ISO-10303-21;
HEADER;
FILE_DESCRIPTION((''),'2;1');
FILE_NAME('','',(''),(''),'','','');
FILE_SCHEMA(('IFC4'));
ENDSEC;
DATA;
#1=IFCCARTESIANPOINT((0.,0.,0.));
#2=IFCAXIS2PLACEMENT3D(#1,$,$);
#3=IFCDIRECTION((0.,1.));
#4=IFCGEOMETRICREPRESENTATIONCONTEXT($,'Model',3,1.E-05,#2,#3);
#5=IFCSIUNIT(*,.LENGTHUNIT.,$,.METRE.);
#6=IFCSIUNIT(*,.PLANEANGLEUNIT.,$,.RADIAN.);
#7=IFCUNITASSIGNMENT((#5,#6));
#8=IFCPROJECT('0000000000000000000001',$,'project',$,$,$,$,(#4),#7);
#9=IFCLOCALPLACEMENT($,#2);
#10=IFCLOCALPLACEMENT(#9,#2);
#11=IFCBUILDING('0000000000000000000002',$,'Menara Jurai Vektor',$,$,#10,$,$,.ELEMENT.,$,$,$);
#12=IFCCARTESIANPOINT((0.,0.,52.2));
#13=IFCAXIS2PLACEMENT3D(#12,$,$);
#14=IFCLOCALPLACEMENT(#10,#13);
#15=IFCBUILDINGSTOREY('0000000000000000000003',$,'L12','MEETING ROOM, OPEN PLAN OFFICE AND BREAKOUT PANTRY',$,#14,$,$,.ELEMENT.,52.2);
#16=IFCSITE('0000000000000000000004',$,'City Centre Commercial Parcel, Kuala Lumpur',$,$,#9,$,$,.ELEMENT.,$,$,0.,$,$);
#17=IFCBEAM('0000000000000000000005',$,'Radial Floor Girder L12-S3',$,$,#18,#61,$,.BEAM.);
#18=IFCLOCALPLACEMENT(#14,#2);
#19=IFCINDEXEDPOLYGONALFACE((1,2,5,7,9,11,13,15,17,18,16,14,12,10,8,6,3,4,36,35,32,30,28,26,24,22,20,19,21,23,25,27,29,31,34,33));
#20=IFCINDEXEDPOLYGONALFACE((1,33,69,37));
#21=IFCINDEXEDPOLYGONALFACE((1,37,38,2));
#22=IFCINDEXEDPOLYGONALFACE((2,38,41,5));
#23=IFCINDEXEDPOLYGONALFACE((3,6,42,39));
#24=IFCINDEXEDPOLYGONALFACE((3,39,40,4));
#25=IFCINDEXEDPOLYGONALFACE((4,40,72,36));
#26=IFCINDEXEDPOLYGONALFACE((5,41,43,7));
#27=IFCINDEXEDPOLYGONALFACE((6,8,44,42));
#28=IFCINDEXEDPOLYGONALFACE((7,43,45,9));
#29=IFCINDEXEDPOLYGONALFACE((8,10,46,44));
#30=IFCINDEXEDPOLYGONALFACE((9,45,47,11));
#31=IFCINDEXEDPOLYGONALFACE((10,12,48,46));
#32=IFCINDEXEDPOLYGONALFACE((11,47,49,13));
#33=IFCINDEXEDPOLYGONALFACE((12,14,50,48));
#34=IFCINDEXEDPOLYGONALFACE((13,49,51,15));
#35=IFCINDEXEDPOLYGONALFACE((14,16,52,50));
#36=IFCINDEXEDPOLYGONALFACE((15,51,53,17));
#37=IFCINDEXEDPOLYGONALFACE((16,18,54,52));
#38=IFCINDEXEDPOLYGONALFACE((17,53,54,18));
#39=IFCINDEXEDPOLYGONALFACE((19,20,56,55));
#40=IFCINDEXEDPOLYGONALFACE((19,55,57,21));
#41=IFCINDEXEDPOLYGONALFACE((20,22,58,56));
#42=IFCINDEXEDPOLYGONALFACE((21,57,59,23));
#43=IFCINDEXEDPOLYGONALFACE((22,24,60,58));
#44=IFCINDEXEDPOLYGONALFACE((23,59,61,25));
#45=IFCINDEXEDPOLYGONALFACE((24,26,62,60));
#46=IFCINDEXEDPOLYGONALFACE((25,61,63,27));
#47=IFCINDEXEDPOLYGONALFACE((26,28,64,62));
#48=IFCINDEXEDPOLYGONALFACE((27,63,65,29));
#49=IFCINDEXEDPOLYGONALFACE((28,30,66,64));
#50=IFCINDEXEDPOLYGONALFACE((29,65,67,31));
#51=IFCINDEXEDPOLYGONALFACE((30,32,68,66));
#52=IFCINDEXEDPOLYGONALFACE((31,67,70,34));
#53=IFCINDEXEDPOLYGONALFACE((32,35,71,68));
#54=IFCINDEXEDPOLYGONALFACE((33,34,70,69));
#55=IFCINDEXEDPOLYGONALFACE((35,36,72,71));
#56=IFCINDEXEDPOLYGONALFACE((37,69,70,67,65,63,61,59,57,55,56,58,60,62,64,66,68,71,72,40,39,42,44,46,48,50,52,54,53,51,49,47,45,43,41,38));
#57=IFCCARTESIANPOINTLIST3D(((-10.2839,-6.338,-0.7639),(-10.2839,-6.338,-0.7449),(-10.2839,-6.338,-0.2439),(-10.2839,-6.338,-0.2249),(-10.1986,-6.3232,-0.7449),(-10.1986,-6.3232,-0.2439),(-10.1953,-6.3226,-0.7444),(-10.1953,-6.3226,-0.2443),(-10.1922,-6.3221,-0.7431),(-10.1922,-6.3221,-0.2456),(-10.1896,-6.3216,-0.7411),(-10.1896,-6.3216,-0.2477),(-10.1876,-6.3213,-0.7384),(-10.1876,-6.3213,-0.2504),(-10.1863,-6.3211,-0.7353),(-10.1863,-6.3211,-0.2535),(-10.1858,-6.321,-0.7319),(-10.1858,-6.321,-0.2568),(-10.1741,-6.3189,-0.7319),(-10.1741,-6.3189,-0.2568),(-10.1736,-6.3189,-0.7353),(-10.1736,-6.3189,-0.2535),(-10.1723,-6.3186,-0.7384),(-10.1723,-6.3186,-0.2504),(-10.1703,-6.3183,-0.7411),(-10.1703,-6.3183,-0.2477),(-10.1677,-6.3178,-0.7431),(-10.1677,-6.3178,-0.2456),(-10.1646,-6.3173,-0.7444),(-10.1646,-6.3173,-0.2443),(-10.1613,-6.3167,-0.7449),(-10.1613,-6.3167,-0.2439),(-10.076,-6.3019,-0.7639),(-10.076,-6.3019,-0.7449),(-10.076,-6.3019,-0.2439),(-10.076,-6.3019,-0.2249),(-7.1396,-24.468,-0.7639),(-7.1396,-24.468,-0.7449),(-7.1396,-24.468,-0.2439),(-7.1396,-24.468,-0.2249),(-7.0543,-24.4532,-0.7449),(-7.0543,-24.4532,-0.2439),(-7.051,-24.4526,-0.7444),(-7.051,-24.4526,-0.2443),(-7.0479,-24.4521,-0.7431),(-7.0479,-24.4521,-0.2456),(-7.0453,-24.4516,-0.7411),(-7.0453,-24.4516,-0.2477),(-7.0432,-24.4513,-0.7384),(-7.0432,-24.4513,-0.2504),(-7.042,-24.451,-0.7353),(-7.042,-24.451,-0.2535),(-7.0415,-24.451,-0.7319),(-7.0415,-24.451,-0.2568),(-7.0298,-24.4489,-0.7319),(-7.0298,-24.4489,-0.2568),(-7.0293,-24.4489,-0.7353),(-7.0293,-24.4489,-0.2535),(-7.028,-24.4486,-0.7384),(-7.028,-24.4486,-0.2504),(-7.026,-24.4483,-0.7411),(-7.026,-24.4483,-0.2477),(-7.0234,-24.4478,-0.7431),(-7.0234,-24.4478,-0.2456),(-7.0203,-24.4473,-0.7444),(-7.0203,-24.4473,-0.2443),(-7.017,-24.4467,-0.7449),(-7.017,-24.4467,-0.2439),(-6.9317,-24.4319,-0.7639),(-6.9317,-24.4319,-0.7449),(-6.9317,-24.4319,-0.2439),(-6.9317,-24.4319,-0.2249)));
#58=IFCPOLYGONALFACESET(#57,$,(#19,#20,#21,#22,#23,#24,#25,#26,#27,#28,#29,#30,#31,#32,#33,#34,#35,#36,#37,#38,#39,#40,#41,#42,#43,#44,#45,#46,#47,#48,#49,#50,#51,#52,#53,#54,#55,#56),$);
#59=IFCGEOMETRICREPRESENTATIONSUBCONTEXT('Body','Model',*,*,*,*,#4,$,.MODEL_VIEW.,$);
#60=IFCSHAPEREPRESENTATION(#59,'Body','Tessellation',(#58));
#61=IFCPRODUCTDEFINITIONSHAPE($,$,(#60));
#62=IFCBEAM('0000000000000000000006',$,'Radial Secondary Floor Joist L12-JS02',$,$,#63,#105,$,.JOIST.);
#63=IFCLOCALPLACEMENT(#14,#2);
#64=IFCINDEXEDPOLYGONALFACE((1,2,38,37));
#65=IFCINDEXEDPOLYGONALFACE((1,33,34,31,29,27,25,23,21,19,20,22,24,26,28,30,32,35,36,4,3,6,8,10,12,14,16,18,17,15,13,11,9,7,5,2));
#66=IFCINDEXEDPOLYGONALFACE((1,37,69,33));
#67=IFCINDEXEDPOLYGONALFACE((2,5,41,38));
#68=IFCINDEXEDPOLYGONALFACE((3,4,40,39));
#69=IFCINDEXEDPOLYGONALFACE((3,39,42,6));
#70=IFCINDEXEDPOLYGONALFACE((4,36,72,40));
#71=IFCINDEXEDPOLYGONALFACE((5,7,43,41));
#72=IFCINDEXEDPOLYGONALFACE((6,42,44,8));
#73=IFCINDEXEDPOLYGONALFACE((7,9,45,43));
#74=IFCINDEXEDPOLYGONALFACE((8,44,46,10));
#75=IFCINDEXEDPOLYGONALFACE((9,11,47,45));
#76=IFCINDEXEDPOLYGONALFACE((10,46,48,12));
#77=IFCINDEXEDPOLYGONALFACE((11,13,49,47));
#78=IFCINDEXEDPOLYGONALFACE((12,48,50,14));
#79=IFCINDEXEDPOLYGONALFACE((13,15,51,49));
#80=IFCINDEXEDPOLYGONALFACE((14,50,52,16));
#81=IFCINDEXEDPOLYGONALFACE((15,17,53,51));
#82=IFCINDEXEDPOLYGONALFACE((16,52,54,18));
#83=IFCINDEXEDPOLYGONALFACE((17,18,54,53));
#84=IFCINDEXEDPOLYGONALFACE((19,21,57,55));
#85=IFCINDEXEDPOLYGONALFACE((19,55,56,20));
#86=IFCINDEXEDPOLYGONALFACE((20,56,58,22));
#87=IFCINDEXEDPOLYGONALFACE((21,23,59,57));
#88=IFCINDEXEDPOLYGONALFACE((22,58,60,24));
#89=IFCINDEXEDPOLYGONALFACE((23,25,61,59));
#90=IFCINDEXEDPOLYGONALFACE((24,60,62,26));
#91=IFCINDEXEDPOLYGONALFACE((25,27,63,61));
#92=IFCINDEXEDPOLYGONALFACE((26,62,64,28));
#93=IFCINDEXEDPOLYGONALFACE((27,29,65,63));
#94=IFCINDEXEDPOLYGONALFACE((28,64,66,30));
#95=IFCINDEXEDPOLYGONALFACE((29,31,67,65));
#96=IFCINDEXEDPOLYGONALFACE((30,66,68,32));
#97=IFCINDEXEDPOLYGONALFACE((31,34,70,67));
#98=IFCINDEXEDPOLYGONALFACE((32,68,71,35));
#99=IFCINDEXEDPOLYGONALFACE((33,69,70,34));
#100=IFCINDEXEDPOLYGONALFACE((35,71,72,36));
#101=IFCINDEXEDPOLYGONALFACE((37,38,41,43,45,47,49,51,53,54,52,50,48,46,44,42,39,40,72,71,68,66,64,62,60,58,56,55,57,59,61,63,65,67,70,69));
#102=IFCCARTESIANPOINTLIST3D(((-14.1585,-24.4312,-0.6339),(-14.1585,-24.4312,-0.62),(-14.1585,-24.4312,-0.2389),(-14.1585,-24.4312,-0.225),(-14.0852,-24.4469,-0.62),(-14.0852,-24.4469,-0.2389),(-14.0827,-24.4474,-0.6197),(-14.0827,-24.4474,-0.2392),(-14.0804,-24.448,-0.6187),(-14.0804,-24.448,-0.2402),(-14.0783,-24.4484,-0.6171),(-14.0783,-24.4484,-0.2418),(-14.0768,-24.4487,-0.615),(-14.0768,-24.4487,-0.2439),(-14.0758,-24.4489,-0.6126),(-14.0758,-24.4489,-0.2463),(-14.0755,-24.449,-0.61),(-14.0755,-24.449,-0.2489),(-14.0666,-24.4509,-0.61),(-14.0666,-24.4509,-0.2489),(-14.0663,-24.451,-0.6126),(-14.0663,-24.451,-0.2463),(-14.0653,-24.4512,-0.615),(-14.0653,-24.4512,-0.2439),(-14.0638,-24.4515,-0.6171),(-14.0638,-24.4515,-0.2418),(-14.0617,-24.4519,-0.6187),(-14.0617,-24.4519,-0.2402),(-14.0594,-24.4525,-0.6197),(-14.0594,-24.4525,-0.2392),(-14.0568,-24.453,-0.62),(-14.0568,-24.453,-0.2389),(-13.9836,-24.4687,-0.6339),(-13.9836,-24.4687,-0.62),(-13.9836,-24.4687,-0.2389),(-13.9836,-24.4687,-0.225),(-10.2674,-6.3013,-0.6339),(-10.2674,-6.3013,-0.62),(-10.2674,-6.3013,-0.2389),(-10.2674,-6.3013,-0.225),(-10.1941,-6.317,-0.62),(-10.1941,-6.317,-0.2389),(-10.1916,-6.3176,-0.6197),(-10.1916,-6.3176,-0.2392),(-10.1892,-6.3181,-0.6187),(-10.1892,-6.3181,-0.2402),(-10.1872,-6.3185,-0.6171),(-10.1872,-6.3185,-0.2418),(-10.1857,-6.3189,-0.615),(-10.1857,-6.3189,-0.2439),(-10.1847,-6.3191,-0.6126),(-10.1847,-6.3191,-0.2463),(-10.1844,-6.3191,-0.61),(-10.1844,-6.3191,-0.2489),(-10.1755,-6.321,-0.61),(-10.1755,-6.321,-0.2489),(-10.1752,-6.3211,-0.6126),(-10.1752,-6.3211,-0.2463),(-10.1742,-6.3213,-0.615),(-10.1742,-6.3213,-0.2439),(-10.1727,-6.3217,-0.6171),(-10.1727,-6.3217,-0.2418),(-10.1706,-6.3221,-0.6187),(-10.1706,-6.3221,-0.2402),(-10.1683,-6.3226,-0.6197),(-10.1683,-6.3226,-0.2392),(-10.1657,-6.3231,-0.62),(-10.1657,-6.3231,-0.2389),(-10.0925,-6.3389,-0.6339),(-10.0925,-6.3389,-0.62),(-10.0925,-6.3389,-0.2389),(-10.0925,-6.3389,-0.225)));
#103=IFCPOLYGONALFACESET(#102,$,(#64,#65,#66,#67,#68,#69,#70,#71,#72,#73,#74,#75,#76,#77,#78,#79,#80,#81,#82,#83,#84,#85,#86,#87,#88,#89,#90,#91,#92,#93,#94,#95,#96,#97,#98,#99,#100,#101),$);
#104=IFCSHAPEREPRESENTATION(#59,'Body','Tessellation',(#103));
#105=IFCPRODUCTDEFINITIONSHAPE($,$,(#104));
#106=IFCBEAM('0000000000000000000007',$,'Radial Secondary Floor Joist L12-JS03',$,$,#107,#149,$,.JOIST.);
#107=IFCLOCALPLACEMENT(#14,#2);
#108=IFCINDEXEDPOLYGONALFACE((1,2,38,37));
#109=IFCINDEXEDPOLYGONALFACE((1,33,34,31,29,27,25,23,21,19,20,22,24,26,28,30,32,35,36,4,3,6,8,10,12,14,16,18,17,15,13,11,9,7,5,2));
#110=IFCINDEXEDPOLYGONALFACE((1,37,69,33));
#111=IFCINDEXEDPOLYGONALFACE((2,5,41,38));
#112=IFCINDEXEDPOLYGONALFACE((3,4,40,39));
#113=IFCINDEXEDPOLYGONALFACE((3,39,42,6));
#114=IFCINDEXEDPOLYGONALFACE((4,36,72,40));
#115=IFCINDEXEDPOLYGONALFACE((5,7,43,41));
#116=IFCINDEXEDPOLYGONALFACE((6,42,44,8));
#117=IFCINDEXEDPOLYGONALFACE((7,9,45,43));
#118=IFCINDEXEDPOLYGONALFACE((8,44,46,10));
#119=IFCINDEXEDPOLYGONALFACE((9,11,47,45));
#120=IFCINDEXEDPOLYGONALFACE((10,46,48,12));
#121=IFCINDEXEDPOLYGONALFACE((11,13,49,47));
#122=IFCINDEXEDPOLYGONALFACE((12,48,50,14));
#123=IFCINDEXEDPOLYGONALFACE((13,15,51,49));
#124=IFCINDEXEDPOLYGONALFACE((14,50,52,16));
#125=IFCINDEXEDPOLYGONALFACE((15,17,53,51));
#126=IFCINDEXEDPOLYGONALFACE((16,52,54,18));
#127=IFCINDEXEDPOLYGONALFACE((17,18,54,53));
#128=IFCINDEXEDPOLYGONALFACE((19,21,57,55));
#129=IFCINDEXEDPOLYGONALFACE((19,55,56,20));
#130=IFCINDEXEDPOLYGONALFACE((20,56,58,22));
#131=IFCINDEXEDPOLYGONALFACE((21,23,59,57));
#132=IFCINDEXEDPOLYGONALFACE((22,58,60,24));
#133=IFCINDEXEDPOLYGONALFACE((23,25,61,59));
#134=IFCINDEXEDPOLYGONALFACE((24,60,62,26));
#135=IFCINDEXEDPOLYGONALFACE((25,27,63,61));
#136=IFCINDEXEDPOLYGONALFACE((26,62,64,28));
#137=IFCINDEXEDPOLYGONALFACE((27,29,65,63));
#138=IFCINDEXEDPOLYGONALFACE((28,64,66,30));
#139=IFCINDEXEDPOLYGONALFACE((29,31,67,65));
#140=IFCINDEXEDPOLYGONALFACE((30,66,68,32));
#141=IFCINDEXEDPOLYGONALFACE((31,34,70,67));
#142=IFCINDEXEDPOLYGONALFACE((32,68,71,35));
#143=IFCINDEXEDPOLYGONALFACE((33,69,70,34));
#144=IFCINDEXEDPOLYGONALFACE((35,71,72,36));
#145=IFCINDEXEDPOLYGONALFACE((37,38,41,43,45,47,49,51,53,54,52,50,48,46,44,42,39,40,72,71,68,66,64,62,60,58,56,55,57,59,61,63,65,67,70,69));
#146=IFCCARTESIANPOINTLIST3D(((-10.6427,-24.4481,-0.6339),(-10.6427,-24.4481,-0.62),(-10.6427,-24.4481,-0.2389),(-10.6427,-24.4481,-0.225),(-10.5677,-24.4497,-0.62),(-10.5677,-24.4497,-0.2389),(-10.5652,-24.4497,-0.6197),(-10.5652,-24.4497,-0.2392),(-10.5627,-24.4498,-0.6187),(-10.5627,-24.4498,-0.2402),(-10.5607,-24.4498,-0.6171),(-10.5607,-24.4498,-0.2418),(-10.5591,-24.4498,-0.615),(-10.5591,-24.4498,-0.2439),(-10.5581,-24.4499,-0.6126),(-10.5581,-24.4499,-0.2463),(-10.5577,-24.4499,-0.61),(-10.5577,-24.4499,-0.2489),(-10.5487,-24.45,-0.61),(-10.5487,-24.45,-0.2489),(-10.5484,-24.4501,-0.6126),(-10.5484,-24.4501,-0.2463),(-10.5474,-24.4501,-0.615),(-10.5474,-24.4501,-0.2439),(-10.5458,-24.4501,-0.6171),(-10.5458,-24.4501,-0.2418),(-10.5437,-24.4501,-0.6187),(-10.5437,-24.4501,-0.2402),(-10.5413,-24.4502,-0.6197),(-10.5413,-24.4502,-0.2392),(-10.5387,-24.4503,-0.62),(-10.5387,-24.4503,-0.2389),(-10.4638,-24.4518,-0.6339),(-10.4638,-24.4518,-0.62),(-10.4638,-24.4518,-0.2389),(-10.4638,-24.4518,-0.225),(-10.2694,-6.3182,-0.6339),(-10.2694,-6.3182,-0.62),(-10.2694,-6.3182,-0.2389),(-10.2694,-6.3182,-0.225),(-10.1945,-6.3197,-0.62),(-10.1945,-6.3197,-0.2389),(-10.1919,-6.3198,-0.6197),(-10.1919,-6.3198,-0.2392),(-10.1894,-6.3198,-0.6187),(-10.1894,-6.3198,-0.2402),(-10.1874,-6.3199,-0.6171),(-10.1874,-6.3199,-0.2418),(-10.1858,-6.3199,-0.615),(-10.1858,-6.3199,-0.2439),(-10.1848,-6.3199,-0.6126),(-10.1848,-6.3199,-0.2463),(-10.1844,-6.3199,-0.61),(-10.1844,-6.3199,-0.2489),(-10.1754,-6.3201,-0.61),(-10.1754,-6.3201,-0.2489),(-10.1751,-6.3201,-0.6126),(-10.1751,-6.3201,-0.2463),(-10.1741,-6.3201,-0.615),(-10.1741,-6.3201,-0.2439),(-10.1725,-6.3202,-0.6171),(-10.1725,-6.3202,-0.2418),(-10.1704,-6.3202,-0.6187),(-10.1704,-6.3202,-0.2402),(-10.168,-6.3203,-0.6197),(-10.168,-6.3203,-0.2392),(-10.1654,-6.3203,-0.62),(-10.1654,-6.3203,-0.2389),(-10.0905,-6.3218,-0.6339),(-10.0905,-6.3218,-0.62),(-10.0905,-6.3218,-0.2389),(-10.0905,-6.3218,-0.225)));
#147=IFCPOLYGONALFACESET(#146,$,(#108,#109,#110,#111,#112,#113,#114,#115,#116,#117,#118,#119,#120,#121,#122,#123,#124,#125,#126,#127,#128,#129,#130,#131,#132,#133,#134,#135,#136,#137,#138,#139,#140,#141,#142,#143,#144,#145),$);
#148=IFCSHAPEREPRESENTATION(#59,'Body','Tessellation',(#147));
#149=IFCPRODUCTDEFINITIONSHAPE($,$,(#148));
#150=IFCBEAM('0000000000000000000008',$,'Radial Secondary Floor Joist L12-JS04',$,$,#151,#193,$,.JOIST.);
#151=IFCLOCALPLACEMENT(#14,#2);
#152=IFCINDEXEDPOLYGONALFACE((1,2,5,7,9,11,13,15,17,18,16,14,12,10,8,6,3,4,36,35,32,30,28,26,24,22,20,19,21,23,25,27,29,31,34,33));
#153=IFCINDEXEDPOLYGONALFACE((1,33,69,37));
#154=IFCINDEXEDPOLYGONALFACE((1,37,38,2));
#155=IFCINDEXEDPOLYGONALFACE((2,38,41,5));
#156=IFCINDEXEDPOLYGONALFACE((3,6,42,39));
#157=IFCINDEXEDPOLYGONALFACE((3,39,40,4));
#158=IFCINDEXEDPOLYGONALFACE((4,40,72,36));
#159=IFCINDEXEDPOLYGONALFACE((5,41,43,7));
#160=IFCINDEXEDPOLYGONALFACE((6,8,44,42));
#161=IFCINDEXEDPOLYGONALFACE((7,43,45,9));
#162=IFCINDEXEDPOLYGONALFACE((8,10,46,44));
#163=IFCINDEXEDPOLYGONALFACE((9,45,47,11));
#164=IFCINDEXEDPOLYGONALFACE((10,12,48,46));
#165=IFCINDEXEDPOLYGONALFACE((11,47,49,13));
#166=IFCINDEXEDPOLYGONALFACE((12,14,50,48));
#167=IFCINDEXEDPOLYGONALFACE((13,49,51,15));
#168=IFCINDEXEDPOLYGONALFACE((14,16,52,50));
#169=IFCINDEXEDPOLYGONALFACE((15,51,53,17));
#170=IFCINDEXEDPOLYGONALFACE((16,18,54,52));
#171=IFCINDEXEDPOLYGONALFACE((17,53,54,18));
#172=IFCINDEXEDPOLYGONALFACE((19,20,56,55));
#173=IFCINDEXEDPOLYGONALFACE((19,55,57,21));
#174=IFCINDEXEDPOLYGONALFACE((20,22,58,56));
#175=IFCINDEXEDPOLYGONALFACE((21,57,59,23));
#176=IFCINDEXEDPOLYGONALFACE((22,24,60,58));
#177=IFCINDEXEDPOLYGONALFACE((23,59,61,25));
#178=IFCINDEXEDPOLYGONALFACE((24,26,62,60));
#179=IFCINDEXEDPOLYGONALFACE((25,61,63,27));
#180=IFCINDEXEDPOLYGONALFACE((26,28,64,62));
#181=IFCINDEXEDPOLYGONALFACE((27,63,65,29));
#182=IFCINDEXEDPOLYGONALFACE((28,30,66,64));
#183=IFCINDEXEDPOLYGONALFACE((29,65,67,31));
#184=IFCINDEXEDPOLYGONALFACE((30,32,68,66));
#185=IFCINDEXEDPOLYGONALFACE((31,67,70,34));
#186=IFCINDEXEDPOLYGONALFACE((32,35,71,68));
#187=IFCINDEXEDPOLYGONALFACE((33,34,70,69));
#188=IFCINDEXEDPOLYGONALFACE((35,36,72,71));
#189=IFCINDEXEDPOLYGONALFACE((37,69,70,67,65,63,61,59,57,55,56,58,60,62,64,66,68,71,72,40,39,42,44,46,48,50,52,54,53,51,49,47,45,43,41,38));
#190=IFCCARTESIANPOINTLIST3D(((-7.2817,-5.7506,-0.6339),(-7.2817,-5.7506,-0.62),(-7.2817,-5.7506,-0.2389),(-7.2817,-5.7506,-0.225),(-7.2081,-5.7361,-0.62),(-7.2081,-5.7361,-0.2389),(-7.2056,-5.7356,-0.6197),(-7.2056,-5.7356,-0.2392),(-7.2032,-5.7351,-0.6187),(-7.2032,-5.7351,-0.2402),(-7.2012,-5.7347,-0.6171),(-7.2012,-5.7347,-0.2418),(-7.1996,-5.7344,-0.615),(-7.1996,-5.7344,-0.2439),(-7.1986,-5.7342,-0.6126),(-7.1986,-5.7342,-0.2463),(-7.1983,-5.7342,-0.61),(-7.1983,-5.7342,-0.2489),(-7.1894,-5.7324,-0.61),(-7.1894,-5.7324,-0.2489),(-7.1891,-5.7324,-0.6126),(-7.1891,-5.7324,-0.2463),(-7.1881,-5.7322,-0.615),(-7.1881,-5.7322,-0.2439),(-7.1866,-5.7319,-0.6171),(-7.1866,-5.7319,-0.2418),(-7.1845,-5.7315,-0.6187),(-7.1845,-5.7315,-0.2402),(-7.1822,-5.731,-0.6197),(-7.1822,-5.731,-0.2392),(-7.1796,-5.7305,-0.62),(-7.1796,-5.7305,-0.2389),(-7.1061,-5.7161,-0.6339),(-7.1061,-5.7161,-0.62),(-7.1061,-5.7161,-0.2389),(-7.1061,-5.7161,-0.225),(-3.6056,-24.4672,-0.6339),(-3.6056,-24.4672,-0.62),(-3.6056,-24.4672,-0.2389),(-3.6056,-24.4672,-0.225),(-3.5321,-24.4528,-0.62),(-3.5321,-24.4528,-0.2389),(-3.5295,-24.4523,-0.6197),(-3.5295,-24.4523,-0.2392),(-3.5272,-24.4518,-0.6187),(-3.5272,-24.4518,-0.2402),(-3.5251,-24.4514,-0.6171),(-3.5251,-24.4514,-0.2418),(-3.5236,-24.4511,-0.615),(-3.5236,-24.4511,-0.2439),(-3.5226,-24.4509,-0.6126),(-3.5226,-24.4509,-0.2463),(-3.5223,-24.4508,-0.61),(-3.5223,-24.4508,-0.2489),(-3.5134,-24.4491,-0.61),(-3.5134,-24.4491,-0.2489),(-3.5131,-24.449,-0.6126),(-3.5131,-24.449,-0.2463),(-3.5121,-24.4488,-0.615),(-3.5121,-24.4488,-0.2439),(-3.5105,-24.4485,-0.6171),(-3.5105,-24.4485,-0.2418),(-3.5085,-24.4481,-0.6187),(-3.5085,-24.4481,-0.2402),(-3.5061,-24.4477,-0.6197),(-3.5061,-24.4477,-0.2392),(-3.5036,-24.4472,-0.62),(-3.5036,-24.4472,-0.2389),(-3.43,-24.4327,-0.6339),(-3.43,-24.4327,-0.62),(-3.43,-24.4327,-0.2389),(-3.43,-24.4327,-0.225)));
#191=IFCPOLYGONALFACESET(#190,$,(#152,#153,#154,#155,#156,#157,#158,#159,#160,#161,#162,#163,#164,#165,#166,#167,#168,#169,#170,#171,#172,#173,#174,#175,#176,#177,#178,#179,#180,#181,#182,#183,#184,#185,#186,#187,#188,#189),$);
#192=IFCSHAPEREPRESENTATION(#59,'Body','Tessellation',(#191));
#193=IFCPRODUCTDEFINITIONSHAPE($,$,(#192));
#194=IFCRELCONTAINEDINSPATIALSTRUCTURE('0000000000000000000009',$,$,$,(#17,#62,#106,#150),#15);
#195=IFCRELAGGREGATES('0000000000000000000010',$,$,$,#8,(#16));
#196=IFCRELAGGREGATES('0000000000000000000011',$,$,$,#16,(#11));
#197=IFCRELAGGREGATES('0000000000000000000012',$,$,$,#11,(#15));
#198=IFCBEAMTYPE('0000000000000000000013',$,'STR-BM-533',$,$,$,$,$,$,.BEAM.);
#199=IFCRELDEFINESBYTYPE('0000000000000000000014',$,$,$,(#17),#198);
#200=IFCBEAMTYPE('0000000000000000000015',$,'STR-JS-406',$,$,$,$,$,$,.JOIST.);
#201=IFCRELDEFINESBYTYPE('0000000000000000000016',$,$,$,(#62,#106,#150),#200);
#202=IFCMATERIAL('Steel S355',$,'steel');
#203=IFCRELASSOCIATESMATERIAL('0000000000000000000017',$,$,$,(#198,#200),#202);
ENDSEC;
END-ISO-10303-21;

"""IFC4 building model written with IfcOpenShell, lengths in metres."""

from ifc_helpers import new_model, si_unit, direction, frame, origin, origin_2d, place, context, subcontext, project, spatial, i_section, extrude, material, material_profile, profile_set, type_object, element, save


model = new_model("IFC4")

# Units and contexts
model_context = context("Model", 3, precision=1e-05, world=origin(), true_north=direction((0.0, 1.0)))
body_context = subcontext(model_context, "Body", "Model", "MODEL_VIEW")
ifc_project = project(units=[si_unit("LENGTHUNIT", "METRE"), si_unit("PLANEANGLEUNIT", "RADIAN")], contexts=[model_context])

# Site, building, storey
site_placement = place(None, origin())
site = spatial("IfcSite", under=ifc_project, at=site_placement, Name="City Centre Commercial Parcel, Kuala Lumpur", CompositionType="ELEMENT", RefElevation=0.0)
building_placement = place(site_placement, origin())
building = spatial("IfcBuilding", under=site, at=building_placement, Name="Menara Jurai Vektor", CompositionType="ELEMENT")
storey_placement = place(building_placement, frame((0.0, 0.0, 52.2)))
storey = spatial("IfcBuildingStorey", under=building, at=storey_placement, Name="L12", Description="MEETING ROOM, OPEN PLAN OFFICE AND BREAKOUT PANTRY", CompositionType="ELEMENT", Elevation=52.2)

# Beams
ifc_material_1 = material(Name="Steel S355", Category="steel")
ifc_material_profile_1 = material_profile(ifc_material_1, i_section(OverallWidth=0.2109, OverallDepth=0.5391, WebThickness=0.012, FlangeThickness=0.019, FilletRadius=0.0129, at=origin_2d()), Name="UKB 533x210x109")
ifc_profile_set_1 = profile_set([ifc_material_profile_1], Name="Steel S355")
beam_type_1 = type_object("IfcBeamType", Name="STR-BM-533", PredefinedType="BEAM", material=ifc_profile_set_1)
beam_1_placement = place(storey_placement, frame((-7.0356, -24.45, -0.4944), z_axis=(-0.17088, 0.985292, 0.0), x_axis=(-0.985292, -0.17088, 0.0)))
element("IfcBeam", 1, at=beam_1_placement, inside=storey, type_object=beam_type_1, Name="Radial Floor Girder L12-S3", PredefinedType="BEAM", context=body_context, shape_type="SweptSolid", body=[
    extrude(i_section(OverallWidth=0.2109, OverallDepth=0.5391, WebThickness=0.012, FlangeThickness=0.019, FilletRadius=0.0129, at=origin_2d()), origin(), (0.0, 0.0, 1.0), 18.4006),
])
ifc_material_profile_2 = material_profile(ifc_material_1, i_section(OverallWidth=0.179, OverallDepth=0.4089, WebThickness=0.009, FlangeThickness=0.0139, FilletRadius=0.01, at=origin_2d()), Name="UKB 406x178x67")
ifc_profile_set_2 = profile_set([ifc_material_profile_2], Name="Steel S355")
beam_type_2 = type_object("IfcBeamType", Name="STR-JS-406", PredefinedType="JOIST", material=ifc_profile_set_2)
beam_2_placement = place(storey_placement, frame((-14.071, -24.45, -0.4294), z_axis=(0.209846, 0.977735, 0.0), x_axis=(-0.977735, 0.209846, 0.0)))
element("IfcBeam", 2, at=beam_2_placement, inside=storey, type_object=beam_type_2, Name="Radial Secondary Floor Joist L12-JS02", PredefinedType="JOIST", context=body_context, shape_type="SweptSolid", body=[
    extrude(i_section(OverallWidth=0.179, OverallDepth=0.4089, WebThickness=0.009, FlangeThickness=0.0139, FilletRadius=0.01, at=origin_2d()), origin(), (0.0, 0.0, 1.0), 18.5427),
])
beam_3_placement = place(storey_placement, frame((-10.5532, -24.45, -0.4294), z_axis=(0.020585, 0.999788, 0.0), x_axis=(-0.999788, 0.020585, 0.0)))
element("IfcBeam", 3, at=beam_3_placement, inside=storey, type_object=beam_type_2, Name="Radial Secondary Floor Joist L12-JS03", PredefinedType="JOIST", context=body_context, shape_type="SweptSolid", body=[
    extrude(i_section(OverallWidth=0.179, OverallDepth=0.4089, WebThickness=0.009, FlangeThickness=0.0139, FilletRadius=0.01, at=origin_2d()), origin(), (0.0, 0.0, 1.0), 18.1338),
])
beam_4_placement = place(storey_placement, frame((-3.5178, -24.45, -0.4294), z_axis=(-0.192723, 0.981253, 0.0), x_axis=(-0.981253, -0.192723, 0.0)))
element("IfcBeam", 4, at=beam_4_placement, inside=storey, type_object=beam_type_2, Name="Radial Secondary Floor Joist L12-JS04", PredefinedType="JOIST", context=body_context, shape_type="SweptSolid", body=[
    extrude(i_section(OverallWidth=0.179, OverallDepth=0.4089, WebThickness=0.009, FlangeThickness=0.0139, FilletRadius=0.01, at=origin_2d()), origin(), (0.0, 0.0, 1.0), 19.0742),
])

save(model, "model.ifc")
